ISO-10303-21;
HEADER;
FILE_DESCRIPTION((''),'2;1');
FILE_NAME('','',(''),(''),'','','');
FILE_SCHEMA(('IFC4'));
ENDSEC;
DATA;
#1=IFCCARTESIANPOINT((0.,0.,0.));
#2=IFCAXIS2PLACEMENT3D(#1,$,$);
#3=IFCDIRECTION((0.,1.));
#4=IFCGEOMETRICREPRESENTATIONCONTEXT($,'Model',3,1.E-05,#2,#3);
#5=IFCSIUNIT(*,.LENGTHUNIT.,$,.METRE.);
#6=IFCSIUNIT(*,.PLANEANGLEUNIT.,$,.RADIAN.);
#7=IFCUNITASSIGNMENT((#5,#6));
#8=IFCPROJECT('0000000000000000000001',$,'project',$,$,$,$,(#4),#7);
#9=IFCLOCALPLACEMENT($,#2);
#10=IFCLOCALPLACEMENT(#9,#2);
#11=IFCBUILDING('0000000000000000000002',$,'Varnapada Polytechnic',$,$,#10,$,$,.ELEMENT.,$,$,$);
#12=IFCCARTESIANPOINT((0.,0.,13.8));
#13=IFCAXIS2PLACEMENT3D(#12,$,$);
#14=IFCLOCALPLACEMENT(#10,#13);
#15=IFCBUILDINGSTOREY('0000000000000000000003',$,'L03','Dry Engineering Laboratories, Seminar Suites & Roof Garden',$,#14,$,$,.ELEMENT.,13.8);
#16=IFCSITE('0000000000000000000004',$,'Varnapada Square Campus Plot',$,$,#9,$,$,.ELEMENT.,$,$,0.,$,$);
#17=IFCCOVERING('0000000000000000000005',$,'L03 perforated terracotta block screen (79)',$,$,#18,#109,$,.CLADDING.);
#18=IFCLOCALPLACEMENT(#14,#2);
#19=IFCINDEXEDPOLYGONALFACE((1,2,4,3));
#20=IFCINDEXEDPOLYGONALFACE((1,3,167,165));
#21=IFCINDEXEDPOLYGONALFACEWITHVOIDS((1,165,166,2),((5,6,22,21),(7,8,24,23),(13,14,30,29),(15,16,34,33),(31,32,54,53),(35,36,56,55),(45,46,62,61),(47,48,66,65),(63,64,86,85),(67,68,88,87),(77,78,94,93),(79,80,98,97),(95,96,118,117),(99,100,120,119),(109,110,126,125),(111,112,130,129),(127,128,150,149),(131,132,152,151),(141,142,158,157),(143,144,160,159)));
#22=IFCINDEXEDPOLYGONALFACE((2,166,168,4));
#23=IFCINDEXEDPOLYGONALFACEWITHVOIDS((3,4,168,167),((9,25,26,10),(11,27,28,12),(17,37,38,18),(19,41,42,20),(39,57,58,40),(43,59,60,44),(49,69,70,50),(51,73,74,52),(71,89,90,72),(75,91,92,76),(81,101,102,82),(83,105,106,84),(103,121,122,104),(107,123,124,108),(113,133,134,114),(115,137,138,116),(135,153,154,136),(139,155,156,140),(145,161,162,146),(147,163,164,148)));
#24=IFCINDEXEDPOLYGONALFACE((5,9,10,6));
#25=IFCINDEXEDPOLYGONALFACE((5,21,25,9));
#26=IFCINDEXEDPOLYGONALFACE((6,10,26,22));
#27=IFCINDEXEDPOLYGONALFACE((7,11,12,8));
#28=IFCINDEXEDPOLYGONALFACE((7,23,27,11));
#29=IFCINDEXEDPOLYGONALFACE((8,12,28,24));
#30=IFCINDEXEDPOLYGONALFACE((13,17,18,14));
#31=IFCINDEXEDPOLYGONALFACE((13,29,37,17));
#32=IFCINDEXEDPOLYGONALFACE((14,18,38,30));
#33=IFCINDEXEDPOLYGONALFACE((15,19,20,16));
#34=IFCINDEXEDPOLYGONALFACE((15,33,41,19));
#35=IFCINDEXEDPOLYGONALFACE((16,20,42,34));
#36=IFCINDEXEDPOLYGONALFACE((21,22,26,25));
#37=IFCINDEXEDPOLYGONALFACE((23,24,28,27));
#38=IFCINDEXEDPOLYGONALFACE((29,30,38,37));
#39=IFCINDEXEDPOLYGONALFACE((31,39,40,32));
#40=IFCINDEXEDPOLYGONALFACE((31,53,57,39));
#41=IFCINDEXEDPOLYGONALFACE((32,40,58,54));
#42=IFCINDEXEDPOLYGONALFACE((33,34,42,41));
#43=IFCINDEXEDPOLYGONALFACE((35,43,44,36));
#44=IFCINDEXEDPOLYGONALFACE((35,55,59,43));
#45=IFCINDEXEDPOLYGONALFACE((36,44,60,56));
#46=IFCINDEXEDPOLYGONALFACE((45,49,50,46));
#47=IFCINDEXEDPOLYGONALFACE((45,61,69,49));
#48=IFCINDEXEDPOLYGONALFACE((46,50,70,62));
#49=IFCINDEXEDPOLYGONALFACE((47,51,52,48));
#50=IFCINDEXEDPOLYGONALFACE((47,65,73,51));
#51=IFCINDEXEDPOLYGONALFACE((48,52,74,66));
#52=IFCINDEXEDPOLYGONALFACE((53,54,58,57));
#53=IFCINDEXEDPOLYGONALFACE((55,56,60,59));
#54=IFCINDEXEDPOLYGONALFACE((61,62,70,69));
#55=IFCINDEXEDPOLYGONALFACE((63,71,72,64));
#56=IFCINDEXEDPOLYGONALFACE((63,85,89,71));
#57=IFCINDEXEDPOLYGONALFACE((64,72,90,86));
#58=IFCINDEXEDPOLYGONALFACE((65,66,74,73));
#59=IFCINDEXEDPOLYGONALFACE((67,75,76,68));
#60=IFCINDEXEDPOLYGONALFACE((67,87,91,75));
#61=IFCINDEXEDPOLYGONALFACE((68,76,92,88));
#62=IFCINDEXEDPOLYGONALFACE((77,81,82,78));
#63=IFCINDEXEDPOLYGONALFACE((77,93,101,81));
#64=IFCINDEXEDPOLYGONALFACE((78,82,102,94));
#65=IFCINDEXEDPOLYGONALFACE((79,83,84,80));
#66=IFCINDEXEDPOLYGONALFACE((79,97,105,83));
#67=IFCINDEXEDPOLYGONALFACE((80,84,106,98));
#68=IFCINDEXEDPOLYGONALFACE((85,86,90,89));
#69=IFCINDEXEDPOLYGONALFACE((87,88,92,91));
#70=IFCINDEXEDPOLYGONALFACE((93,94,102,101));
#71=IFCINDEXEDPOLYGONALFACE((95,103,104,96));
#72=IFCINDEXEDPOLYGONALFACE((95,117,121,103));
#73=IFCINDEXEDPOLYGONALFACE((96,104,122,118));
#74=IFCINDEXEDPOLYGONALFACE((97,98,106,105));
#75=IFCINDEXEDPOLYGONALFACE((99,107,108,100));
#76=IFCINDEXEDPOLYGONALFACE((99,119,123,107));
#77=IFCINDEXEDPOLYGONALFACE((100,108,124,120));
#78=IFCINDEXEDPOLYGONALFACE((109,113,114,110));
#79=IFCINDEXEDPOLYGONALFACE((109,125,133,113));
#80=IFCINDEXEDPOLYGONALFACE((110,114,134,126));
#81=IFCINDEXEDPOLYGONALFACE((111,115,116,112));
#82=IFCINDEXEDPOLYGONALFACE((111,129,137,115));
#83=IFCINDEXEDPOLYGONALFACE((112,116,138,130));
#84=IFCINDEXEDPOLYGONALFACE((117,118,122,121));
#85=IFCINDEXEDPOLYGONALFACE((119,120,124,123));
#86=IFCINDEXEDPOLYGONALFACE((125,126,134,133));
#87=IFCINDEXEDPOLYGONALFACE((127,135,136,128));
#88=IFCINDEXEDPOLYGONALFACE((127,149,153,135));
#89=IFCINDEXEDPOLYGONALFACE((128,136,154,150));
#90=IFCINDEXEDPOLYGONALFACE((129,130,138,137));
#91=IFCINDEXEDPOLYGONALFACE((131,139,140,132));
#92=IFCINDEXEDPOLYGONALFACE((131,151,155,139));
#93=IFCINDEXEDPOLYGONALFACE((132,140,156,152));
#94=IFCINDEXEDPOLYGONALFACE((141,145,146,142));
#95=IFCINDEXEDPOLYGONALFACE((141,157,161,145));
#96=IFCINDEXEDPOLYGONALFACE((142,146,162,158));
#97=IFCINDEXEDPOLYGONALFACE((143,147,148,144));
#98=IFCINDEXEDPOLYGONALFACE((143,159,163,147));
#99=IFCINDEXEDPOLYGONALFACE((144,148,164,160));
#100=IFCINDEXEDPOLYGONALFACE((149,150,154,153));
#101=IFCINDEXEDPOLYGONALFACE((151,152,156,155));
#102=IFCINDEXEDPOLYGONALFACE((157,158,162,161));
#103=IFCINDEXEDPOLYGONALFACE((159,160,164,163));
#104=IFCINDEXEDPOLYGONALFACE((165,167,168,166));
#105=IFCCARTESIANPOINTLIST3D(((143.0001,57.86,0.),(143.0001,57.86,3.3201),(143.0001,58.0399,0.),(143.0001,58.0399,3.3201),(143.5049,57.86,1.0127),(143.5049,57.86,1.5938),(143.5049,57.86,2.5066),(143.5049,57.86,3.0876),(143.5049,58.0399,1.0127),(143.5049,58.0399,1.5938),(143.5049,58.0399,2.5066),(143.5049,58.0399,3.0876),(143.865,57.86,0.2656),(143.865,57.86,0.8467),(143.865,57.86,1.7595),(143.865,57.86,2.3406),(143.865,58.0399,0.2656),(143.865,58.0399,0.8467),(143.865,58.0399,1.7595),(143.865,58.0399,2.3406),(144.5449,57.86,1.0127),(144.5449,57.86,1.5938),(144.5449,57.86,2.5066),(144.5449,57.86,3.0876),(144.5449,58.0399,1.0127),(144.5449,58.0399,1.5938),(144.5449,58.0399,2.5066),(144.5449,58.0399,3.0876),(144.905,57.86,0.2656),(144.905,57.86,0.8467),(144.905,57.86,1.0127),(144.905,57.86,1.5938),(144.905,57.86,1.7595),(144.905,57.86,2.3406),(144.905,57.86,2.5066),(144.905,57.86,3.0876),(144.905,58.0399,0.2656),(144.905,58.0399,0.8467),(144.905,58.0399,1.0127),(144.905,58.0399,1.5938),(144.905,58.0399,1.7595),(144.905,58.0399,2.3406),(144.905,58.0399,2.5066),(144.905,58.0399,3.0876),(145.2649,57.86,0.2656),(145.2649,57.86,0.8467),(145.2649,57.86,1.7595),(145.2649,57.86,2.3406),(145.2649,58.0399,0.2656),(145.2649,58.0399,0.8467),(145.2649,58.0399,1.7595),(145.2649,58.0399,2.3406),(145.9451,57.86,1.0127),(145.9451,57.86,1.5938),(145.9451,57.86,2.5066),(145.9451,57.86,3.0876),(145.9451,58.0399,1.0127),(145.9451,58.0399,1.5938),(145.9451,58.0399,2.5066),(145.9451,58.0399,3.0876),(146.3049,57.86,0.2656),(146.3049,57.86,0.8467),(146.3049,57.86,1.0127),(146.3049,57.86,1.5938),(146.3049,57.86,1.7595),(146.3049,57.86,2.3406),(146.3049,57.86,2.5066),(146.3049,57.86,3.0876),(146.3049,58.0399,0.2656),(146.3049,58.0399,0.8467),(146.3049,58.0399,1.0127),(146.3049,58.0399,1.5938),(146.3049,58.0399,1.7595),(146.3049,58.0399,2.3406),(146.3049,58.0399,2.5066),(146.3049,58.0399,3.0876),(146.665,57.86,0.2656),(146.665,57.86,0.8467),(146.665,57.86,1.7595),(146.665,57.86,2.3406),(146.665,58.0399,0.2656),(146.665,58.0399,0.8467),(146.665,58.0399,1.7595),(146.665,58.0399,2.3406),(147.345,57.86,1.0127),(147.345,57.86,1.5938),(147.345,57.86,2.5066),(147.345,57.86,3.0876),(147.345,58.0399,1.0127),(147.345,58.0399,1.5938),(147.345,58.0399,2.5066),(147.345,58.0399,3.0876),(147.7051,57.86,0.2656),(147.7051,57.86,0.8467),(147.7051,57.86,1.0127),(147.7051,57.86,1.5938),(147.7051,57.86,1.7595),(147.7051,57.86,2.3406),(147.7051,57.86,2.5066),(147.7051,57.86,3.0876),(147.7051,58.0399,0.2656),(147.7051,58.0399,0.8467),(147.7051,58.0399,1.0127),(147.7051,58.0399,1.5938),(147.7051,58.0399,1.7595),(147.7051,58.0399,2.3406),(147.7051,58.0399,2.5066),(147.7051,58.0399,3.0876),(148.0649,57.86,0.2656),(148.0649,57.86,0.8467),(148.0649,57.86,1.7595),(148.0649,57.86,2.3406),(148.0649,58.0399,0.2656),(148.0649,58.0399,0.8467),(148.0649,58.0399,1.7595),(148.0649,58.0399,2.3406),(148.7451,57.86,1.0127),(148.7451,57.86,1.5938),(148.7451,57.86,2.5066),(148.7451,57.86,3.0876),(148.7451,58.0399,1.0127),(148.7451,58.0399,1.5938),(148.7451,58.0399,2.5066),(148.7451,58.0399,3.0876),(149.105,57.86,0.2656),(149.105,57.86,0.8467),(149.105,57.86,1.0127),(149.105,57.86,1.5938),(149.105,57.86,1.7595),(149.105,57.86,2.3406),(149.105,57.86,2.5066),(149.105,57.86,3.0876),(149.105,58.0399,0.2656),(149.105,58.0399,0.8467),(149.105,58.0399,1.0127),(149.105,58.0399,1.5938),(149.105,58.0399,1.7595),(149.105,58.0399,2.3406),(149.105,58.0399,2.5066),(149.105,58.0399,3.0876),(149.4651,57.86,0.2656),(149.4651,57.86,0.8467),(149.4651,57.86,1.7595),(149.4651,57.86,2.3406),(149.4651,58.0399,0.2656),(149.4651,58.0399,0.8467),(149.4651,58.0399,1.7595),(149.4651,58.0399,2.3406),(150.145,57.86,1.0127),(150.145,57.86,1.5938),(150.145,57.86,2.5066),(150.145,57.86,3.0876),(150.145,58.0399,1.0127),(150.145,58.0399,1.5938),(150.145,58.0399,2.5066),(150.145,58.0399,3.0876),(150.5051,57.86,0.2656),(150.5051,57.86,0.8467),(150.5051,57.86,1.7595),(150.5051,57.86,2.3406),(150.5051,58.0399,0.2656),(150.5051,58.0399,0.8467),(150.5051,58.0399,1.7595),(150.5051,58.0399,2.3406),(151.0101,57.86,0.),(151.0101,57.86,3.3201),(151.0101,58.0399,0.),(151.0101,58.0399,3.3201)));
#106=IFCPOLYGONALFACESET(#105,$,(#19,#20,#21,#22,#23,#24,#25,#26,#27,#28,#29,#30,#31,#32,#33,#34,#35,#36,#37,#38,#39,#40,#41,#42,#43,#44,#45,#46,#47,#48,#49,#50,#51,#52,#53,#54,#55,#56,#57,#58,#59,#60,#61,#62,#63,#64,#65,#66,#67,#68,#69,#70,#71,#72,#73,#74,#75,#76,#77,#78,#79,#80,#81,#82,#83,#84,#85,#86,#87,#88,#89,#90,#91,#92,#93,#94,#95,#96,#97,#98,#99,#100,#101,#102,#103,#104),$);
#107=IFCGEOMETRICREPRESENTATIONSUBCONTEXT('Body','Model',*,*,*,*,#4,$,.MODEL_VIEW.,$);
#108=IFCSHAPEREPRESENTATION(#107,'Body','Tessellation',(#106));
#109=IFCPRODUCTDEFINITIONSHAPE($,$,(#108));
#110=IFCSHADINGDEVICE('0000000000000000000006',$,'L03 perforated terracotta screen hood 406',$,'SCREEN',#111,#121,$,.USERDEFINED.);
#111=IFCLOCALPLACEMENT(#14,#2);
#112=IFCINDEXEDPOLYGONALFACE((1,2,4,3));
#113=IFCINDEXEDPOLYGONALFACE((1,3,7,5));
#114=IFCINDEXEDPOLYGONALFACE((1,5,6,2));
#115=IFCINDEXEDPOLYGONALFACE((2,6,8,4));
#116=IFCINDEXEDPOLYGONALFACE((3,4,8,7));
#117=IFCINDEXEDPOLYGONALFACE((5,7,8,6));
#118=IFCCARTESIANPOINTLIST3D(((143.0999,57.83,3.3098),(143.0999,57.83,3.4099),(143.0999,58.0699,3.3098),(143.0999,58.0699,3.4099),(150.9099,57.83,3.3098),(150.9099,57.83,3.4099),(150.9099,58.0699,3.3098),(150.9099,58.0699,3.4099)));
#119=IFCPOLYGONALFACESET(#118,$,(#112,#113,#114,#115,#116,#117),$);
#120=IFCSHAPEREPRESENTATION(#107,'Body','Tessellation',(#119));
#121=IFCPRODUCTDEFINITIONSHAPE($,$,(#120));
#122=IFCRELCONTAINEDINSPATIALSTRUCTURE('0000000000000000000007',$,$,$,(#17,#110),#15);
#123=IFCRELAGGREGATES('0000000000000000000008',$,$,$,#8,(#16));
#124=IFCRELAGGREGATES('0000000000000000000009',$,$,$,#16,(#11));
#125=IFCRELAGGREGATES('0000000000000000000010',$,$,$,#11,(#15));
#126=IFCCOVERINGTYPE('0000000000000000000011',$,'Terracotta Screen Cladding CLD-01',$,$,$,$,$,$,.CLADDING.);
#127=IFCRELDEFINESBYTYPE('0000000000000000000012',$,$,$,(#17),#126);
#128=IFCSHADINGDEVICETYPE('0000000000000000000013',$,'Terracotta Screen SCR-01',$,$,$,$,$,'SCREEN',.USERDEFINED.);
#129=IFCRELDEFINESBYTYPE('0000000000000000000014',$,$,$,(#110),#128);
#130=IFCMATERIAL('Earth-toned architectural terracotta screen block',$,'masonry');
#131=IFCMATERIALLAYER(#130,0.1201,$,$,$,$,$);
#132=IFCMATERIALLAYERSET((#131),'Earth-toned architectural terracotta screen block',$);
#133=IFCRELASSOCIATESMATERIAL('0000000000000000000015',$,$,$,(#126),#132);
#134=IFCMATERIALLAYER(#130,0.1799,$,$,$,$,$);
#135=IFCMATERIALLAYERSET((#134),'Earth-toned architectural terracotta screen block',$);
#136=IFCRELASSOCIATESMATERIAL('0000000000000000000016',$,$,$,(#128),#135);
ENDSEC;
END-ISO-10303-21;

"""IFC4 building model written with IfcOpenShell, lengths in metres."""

from ifc_helpers import new_model, si_unit, direction, frame, frame_2d, origin, origin_2d, place, context, subcontext, project, spatial, rectangle, extrude, material, layer, layer_set, type_object, element, save


model = new_model("IFC4")

# Units and contexts
model_context = context("Model", 3, precision=1e-05, world=origin(), true_north=direction((0.0, 1.0)))
body_context = subcontext(model_context, "Body", "Model", "MODEL_VIEW")
ifc_project = project(units=[si_unit("LENGTHUNIT", "METRE"), si_unit("PLANEANGLEUNIT", "RADIAN")], contexts=[model_context])

# Site, building, storey
site_placement = place(None, origin())
site = spatial("IfcSite", under=ifc_project, at=site_placement, Name="Varnapada Square Campus Plot", CompositionType="ELEMENT", RefElevation=0.0)
building_placement = place(site_placement, origin())
building = spatial("IfcBuilding", under=site, at=building_placement, Name="Varnapada Polytechnic", CompositionType="ELEMENT")
storey_placement = place(building_placement, frame((0.0, 0.0, 13.8)))
storey = spatial("IfcBuildingStorey", under=building, at=storey_placement, Name="L03", Description="Dry Engineering Laboratories, Seminar Suites & Roof Garden", CompositionType="ELEMENT", Elevation=13.8)

# Covering, openings
ifc_material_1 = material(Name="Earth-toned architectural terracotta screen block", Category="masonry")
ifc_layer_1 = layer(ifc_material_1, 0.1201)
ifc_layer_set_1 = layer_set([ifc_layer_1], Name="Earth-toned architectural terracotta screen block")
covering_type = type_object("IfcCoveringType", Name="Terracotta Screen Cladding CLD-01", PredefinedType="CLADDING", material=ifc_layer_set_1)
covering_placement = place(storey_placement, frame((151.01, 57.95, 0.0), z_axis=(0.0, 0.0, 1.0), x_axis=(-1.0, 0.0, 0.0)))
covering = element("IfcCovering", 1, at=covering_placement, inside=storey, type_object=covering_type, Name="L03 perforated terracotta block screen (79)", PredefinedType="CLADDING", context=body_context, shape_type="SweptSolid", body=[
    extrude(rectangle(XDim=8.01, YDim=0.1799, at=frame_2d((4.0049, 0.0))), origin(), (0.0, 0.0, 1.0), 3.3201),
])
opening_1_placement = place(covering_placement, frame((0.5049, 0.0, 0.2656)))
element("IfcOpeningElement", 2, at=opening_1_placement, cuts=covering, PredefinedType="OPENING", context=body_context, shape_type="SweptSolid", body=[
    extrude(rectangle(XDim=1.04, YDim=0.5811, at=frame_2d((0.52, 0.2905))), frame((0.0, 0.0999, 0.0), z_axis=(0.0, -1.0, 0.0), x_axis=(1.0, 0.0, 0.0)), (0.0, 0.0, 1.0), 0.2),
])
opening_2_placement = place(covering_placement, frame((1.905, 0.0, 0.2656)))
element("IfcOpeningElement", 3, at=opening_2_placement, cuts=covering, PredefinedType="OPENING", context=body_context, shape_type="SweptSolid", body=[
    extrude(rectangle(XDim=1.04, YDim=0.5811, at=frame_2d((0.52, 0.2905))), frame((0.0, 0.0999, 0.0), z_axis=(0.0, -1.0, 0.0), x_axis=(1.0, 0.0, 0.0)), (0.0, 0.0, 1.0), 0.2),
])
opening_3_placement = place(covering_placement, frame((3.3049, 0.0, 0.2656)))
element("IfcOpeningElement", 4, at=opening_3_placement, cuts=covering, PredefinedType="OPENING", context=body_context, shape_type="SweptSolid", body=[
    extrude(rectangle(XDim=1.04, YDim=0.5811, at=frame_2d((0.52, 0.2905))), frame((0.0, 0.0999, 0.0), z_axis=(0.0, -1.0, 0.0), x_axis=(1.0, 0.0, 0.0)), (0.0, 0.0, 1.0), 0.2),
])
opening_4_placement = place(covering_placement, frame((4.7051, 0.0, 0.2656)))
element("IfcOpeningElement", 5, at=opening_4_placement, cuts=covering, PredefinedType="OPENING", context=body_context, shape_type="SweptSolid", body=[
    extrude(rectangle(XDim=1.04, YDim=0.5811, at=frame_2d((0.52, 0.2905))), frame((0.0, 0.0999, 0.0), z_axis=(0.0, -1.0, 0.0), x_axis=(1.0, 0.0, 0.0)), (0.0, 0.0, 1.0), 0.2),
])
opening_5_placement = place(covering_placement, frame((6.105, 0.0, 0.2656)))
element("IfcOpeningElement", 6, at=opening_5_placement, cuts=covering, PredefinedType="OPENING", context=body_context, shape_type="SweptSolid", body=[
    extrude(rectangle(XDim=1.04, YDim=0.5811, at=frame_2d((0.52, 0.2905))), frame((0.0, 0.0999, 0.0), z_axis=(0.0, -1.0, 0.0), x_axis=(1.0, 0.0, 0.0)), (0.0, 0.0, 1.0), 0.2),
])
opening_6_placement = place(covering_placement, frame((0.865, 0.0, 1.0127)))
element("IfcOpeningElement", 7, at=opening_6_placement, cuts=covering, PredefinedType="OPENING", context=body_context, shape_type="SweptSolid", body=[
    extrude(rectangle(XDim=1.04, YDim=0.5811, at=frame_2d((0.52, 0.2905))), frame((0.0, 0.0999, 0.0), z_axis=(0.0, -1.0, 0.0), x_axis=(1.0, 0.0, 0.0)), (0.0, 0.0, 1.0), 0.2),
])
opening_7_placement = place(covering_placement, frame((2.2649, 0.0, 1.0127)))
element("IfcOpeningElement", 8, at=opening_7_placement, cuts=covering, PredefinedType="OPENING", context=body_context, shape_type="SweptSolid", body=[
    extrude(rectangle(XDim=1.04, YDim=0.5811, at=frame_2d((0.52, 0.2905))), frame((0.0, 0.0999, 0.0), z_axis=(0.0, -1.0, 0.0), x_axis=(1.0, 0.0, 0.0)), (0.0, 0.0, 1.0), 0.2),
])
opening_8_placement = place(covering_placement, frame((3.665, 0.0, 1.0127)))
element("IfcOpeningElement", 9, at=opening_8_placement, cuts=covering, PredefinedType="OPENING", context=body_context, shape_type="SweptSolid", body=[
    extrude(rectangle(XDim=1.04, YDim=0.5811, at=frame_2d((0.52, 0.2905))), frame((0.0, 0.0999, 0.0), z_axis=(0.0, -1.0, 0.0), x_axis=(1.0, 0.0, 0.0)), (0.0, 0.0, 1.0), 0.2),
])
opening_9_placement = place(covering_placement, frame((5.0649, 0.0, 1.0127)))
element("IfcOpeningElement", 10, at=opening_9_placement, cuts=covering, PredefinedType="OPENING", context=body_context, shape_type="SweptSolid", body=[
    extrude(rectangle(XDim=1.04, YDim=0.5811, at=frame_2d((0.52, 0.2905))), frame((0.0, 0.0999, 0.0), z_axis=(0.0, -1.0, 0.0), x_axis=(1.0, 0.0, 0.0)), (0.0, 0.0, 1.0), 0.2),
])
opening_10_placement = place(covering_placement, frame((6.4651, 0.0, 1.0127)))
element("IfcOpeningElement", 11, at=opening_10_placement, cuts=covering, PredefinedType="OPENING", context=body_context, shape_type="SweptSolid", body=[
    extrude(rectangle(XDim=1.04, YDim=0.5811, at=frame_2d((0.52, 0.2905))), frame((0.0, 0.0999, 0.0), z_axis=(0.0, -1.0, 0.0), x_axis=(1.0, 0.0, 0.0)), (0.0, 0.0, 1.0), 0.2),
])
opening_11_placement = place(covering_placement, frame((0.5049, 0.0, 1.7595)))
element("IfcOpeningElement", 12, at=opening_11_placement, cuts=covering, PredefinedType="OPENING", context=body_context, shape_type="SweptSolid", body=[
    extrude(rectangle(XDim=1.04, YDim=0.5811, at=frame_2d((0.52, 0.2905))), frame((0.0, 0.0999, 0.0), z_axis=(0.0, -1.0, 0.0), x_axis=(1.0, 0.0, 0.0)), (0.0, 0.0, 1.0), 0.2),
])
opening_12_placement = place(covering_placement, frame((1.905, 0.0, 1.7595)))
element("IfcOpeningElement", 13, at=opening_12_placement, cuts=covering, PredefinedType="OPENING", context=body_context, shape_type="SweptSolid", body=[
    extrude(rectangle(XDim=1.04, YDim=0.5811, at=frame_2d((0.52, 0.2905))), frame((0.0, 0.0999, 0.0), z_axis=(0.0, -1.0, 0.0), x_axis=(1.0, 0.0, 0.0)), (0.0, 0.0, 1.0), 0.2),
])
opening_13_placement = place(covering_placement, frame((3.3049, 0.0, 1.7595)))
element("IfcOpeningElement", 14, at=opening_13_placement, cuts=covering, PredefinedType="OPENING", context=body_context, shape_type="SweptSolid", body=[
    extrude(rectangle(XDim=1.04, YDim=0.5811, at=frame_2d((0.52, 0.2905))), frame((0.0, 0.0999, 0.0), z_axis=(0.0, -1.0, 0.0), x_axis=(1.0, 0.0, 0.0)), (0.0, 0.0, 1.0), 0.2),
])
opening_14_placement = place(covering_placement, frame((4.7051, 0.0, 1.7595)))
element("IfcOpeningElement", 15, at=opening_14_placement, cuts=covering, PredefinedType="OPENING", context=body_context, shape_type="SweptSolid", body=[
    extrude(rectangle(XDim=1.04, YDim=0.5811, at=frame_2d((0.52, 0.2905))), frame((0.0, 0.0999, 0.0), z_axis=(0.0, -1.0, 0.0), x_axis=(1.0, 0.0, 0.0)), (0.0, 0.0, 1.0), 0.2),
])
opening_15_placement = place(covering_placement, frame((6.105, 0.0, 1.7595)))
element("IfcOpeningElement", 16, at=opening_15_placement, cuts=covering, PredefinedType="OPENING", context=body_context, shape_type="SweptSolid", body=[
    extrude(rectangle(XDim=1.04, YDim=0.5811, at=frame_2d((0.52, 0.2905))), frame((0.0, 0.0999, 0.0), z_axis=(0.0, -1.0, 0.0), x_axis=(1.0, 0.0, 0.0)), (0.0, 0.0, 1.0), 0.2),
])
opening_16_placement = place(covering_placement, frame((0.865, 0.0, 2.5066)))
element("IfcOpeningElement", 17, at=opening_16_placement, cuts=covering, PredefinedType="OPENING", context=body_context, shape_type="SweptSolid", body=[
    extrude(rectangle(XDim=1.04, YDim=0.5811, at=frame_2d((0.52, 0.2905))), frame((0.0, 0.0999, 0.0), z_axis=(0.0, -1.0, 0.0), x_axis=(1.0, 0.0, 0.0)), (0.0, 0.0, 1.0), 0.2),
])
opening_17_placement = place(covering_placement, frame((2.2649, 0.0, 2.5066)))
element("IfcOpeningElement", 18, at=opening_17_placement, cuts=covering, PredefinedType="OPENING", context=body_context, shape_type="SweptSolid", body=[
    extrude(rectangle(XDim=1.04, YDim=0.5811, at=frame_2d((0.52, 0.2905))), frame((0.0, 0.0999, 0.0), z_axis=(0.0, -1.0, 0.0), x_axis=(1.0, 0.0, 0.0)), (0.0, 0.0, 1.0), 0.2),
])
opening_18_placement = place(covering_placement, frame((3.665, 0.0, 2.5066)))
element("IfcOpeningElement", 19, at=opening_18_placement, cuts=covering, PredefinedType="OPENING", context=body_context, shape_type="SweptSolid", body=[
    extrude(rectangle(XDim=1.04, YDim=0.5811, at=frame_2d((0.52, 0.2905))), frame((0.0, 0.0999, 0.0), z_axis=(0.0, -1.0, 0.0), x_axis=(1.0, 0.0, 0.0)), (0.0, 0.0, 1.0), 0.2),
])
opening_19_placement = place(covering_placement, frame((5.0649, 0.0, 2.5066)))
element("IfcOpeningElement", 20, at=opening_19_placement, cuts=covering, PredefinedType="OPENING", context=body_context, shape_type="SweptSolid", body=[
    extrude(rectangle(XDim=1.04, YDim=0.5811, at=frame_2d((0.52, 0.2905))), frame((0.0, 0.0999, 0.0), z_axis=(0.0, -1.0, 0.0), x_axis=(1.0, 0.0, 0.0)), (0.0, 0.0, 1.0), 0.2),
])
opening_20_placement = place(covering_placement, frame((6.4651, 0.0, 2.5066)))
element("IfcOpeningElement", 21, at=opening_20_placement, cuts=covering, PredefinedType="OPENING", context=body_context, shape_type="SweptSolid", body=[
    extrude(rectangle(XDim=1.04, YDim=0.5811, at=frame_2d((0.52, 0.2905))), frame((0.0, 0.0999, 0.0), z_axis=(0.0, -1.0, 0.0), x_axis=(1.0, 0.0, 0.0)), (0.0, 0.0, 1.0), 0.2),
])

# Shading device
ifc_layer_2 = layer(ifc_material_1, 0.1799)
ifc_layer_set_2 = layer_set([ifc_layer_2], Name="Earth-toned architectural terracotta screen block")
shading_device_type_1 = type_object("IfcShadingDeviceType", Name="Terracotta Screen SCR-01", ElementType="SCREEN", PredefinedType="USERDEFINED", material=ifc_layer_set_2)
shading_device_1_placement = place(storey_placement, frame((147.0049, 57.95, 3.3098), z_axis=(0.0, 0.0, 1.0), x_axis=(-1.0, 0.0, 0.0)))
element("IfcShadingDevice", 22, at=shading_device_1_placement, inside=storey, type_object=shading_device_type_1, Name="L03 perforated terracotta screen hood 406", ObjectType="SCREEN", PredefinedType="USERDEFINED", context=body_context, shape_type="SweptSolid", body=[
    extrude(rectangle(XDim=7.8101, YDim=0.24, at=origin_2d()), origin(), (0.0, 0.0, 1.0), 0.1001),
])

save(model, "model.ifc")
